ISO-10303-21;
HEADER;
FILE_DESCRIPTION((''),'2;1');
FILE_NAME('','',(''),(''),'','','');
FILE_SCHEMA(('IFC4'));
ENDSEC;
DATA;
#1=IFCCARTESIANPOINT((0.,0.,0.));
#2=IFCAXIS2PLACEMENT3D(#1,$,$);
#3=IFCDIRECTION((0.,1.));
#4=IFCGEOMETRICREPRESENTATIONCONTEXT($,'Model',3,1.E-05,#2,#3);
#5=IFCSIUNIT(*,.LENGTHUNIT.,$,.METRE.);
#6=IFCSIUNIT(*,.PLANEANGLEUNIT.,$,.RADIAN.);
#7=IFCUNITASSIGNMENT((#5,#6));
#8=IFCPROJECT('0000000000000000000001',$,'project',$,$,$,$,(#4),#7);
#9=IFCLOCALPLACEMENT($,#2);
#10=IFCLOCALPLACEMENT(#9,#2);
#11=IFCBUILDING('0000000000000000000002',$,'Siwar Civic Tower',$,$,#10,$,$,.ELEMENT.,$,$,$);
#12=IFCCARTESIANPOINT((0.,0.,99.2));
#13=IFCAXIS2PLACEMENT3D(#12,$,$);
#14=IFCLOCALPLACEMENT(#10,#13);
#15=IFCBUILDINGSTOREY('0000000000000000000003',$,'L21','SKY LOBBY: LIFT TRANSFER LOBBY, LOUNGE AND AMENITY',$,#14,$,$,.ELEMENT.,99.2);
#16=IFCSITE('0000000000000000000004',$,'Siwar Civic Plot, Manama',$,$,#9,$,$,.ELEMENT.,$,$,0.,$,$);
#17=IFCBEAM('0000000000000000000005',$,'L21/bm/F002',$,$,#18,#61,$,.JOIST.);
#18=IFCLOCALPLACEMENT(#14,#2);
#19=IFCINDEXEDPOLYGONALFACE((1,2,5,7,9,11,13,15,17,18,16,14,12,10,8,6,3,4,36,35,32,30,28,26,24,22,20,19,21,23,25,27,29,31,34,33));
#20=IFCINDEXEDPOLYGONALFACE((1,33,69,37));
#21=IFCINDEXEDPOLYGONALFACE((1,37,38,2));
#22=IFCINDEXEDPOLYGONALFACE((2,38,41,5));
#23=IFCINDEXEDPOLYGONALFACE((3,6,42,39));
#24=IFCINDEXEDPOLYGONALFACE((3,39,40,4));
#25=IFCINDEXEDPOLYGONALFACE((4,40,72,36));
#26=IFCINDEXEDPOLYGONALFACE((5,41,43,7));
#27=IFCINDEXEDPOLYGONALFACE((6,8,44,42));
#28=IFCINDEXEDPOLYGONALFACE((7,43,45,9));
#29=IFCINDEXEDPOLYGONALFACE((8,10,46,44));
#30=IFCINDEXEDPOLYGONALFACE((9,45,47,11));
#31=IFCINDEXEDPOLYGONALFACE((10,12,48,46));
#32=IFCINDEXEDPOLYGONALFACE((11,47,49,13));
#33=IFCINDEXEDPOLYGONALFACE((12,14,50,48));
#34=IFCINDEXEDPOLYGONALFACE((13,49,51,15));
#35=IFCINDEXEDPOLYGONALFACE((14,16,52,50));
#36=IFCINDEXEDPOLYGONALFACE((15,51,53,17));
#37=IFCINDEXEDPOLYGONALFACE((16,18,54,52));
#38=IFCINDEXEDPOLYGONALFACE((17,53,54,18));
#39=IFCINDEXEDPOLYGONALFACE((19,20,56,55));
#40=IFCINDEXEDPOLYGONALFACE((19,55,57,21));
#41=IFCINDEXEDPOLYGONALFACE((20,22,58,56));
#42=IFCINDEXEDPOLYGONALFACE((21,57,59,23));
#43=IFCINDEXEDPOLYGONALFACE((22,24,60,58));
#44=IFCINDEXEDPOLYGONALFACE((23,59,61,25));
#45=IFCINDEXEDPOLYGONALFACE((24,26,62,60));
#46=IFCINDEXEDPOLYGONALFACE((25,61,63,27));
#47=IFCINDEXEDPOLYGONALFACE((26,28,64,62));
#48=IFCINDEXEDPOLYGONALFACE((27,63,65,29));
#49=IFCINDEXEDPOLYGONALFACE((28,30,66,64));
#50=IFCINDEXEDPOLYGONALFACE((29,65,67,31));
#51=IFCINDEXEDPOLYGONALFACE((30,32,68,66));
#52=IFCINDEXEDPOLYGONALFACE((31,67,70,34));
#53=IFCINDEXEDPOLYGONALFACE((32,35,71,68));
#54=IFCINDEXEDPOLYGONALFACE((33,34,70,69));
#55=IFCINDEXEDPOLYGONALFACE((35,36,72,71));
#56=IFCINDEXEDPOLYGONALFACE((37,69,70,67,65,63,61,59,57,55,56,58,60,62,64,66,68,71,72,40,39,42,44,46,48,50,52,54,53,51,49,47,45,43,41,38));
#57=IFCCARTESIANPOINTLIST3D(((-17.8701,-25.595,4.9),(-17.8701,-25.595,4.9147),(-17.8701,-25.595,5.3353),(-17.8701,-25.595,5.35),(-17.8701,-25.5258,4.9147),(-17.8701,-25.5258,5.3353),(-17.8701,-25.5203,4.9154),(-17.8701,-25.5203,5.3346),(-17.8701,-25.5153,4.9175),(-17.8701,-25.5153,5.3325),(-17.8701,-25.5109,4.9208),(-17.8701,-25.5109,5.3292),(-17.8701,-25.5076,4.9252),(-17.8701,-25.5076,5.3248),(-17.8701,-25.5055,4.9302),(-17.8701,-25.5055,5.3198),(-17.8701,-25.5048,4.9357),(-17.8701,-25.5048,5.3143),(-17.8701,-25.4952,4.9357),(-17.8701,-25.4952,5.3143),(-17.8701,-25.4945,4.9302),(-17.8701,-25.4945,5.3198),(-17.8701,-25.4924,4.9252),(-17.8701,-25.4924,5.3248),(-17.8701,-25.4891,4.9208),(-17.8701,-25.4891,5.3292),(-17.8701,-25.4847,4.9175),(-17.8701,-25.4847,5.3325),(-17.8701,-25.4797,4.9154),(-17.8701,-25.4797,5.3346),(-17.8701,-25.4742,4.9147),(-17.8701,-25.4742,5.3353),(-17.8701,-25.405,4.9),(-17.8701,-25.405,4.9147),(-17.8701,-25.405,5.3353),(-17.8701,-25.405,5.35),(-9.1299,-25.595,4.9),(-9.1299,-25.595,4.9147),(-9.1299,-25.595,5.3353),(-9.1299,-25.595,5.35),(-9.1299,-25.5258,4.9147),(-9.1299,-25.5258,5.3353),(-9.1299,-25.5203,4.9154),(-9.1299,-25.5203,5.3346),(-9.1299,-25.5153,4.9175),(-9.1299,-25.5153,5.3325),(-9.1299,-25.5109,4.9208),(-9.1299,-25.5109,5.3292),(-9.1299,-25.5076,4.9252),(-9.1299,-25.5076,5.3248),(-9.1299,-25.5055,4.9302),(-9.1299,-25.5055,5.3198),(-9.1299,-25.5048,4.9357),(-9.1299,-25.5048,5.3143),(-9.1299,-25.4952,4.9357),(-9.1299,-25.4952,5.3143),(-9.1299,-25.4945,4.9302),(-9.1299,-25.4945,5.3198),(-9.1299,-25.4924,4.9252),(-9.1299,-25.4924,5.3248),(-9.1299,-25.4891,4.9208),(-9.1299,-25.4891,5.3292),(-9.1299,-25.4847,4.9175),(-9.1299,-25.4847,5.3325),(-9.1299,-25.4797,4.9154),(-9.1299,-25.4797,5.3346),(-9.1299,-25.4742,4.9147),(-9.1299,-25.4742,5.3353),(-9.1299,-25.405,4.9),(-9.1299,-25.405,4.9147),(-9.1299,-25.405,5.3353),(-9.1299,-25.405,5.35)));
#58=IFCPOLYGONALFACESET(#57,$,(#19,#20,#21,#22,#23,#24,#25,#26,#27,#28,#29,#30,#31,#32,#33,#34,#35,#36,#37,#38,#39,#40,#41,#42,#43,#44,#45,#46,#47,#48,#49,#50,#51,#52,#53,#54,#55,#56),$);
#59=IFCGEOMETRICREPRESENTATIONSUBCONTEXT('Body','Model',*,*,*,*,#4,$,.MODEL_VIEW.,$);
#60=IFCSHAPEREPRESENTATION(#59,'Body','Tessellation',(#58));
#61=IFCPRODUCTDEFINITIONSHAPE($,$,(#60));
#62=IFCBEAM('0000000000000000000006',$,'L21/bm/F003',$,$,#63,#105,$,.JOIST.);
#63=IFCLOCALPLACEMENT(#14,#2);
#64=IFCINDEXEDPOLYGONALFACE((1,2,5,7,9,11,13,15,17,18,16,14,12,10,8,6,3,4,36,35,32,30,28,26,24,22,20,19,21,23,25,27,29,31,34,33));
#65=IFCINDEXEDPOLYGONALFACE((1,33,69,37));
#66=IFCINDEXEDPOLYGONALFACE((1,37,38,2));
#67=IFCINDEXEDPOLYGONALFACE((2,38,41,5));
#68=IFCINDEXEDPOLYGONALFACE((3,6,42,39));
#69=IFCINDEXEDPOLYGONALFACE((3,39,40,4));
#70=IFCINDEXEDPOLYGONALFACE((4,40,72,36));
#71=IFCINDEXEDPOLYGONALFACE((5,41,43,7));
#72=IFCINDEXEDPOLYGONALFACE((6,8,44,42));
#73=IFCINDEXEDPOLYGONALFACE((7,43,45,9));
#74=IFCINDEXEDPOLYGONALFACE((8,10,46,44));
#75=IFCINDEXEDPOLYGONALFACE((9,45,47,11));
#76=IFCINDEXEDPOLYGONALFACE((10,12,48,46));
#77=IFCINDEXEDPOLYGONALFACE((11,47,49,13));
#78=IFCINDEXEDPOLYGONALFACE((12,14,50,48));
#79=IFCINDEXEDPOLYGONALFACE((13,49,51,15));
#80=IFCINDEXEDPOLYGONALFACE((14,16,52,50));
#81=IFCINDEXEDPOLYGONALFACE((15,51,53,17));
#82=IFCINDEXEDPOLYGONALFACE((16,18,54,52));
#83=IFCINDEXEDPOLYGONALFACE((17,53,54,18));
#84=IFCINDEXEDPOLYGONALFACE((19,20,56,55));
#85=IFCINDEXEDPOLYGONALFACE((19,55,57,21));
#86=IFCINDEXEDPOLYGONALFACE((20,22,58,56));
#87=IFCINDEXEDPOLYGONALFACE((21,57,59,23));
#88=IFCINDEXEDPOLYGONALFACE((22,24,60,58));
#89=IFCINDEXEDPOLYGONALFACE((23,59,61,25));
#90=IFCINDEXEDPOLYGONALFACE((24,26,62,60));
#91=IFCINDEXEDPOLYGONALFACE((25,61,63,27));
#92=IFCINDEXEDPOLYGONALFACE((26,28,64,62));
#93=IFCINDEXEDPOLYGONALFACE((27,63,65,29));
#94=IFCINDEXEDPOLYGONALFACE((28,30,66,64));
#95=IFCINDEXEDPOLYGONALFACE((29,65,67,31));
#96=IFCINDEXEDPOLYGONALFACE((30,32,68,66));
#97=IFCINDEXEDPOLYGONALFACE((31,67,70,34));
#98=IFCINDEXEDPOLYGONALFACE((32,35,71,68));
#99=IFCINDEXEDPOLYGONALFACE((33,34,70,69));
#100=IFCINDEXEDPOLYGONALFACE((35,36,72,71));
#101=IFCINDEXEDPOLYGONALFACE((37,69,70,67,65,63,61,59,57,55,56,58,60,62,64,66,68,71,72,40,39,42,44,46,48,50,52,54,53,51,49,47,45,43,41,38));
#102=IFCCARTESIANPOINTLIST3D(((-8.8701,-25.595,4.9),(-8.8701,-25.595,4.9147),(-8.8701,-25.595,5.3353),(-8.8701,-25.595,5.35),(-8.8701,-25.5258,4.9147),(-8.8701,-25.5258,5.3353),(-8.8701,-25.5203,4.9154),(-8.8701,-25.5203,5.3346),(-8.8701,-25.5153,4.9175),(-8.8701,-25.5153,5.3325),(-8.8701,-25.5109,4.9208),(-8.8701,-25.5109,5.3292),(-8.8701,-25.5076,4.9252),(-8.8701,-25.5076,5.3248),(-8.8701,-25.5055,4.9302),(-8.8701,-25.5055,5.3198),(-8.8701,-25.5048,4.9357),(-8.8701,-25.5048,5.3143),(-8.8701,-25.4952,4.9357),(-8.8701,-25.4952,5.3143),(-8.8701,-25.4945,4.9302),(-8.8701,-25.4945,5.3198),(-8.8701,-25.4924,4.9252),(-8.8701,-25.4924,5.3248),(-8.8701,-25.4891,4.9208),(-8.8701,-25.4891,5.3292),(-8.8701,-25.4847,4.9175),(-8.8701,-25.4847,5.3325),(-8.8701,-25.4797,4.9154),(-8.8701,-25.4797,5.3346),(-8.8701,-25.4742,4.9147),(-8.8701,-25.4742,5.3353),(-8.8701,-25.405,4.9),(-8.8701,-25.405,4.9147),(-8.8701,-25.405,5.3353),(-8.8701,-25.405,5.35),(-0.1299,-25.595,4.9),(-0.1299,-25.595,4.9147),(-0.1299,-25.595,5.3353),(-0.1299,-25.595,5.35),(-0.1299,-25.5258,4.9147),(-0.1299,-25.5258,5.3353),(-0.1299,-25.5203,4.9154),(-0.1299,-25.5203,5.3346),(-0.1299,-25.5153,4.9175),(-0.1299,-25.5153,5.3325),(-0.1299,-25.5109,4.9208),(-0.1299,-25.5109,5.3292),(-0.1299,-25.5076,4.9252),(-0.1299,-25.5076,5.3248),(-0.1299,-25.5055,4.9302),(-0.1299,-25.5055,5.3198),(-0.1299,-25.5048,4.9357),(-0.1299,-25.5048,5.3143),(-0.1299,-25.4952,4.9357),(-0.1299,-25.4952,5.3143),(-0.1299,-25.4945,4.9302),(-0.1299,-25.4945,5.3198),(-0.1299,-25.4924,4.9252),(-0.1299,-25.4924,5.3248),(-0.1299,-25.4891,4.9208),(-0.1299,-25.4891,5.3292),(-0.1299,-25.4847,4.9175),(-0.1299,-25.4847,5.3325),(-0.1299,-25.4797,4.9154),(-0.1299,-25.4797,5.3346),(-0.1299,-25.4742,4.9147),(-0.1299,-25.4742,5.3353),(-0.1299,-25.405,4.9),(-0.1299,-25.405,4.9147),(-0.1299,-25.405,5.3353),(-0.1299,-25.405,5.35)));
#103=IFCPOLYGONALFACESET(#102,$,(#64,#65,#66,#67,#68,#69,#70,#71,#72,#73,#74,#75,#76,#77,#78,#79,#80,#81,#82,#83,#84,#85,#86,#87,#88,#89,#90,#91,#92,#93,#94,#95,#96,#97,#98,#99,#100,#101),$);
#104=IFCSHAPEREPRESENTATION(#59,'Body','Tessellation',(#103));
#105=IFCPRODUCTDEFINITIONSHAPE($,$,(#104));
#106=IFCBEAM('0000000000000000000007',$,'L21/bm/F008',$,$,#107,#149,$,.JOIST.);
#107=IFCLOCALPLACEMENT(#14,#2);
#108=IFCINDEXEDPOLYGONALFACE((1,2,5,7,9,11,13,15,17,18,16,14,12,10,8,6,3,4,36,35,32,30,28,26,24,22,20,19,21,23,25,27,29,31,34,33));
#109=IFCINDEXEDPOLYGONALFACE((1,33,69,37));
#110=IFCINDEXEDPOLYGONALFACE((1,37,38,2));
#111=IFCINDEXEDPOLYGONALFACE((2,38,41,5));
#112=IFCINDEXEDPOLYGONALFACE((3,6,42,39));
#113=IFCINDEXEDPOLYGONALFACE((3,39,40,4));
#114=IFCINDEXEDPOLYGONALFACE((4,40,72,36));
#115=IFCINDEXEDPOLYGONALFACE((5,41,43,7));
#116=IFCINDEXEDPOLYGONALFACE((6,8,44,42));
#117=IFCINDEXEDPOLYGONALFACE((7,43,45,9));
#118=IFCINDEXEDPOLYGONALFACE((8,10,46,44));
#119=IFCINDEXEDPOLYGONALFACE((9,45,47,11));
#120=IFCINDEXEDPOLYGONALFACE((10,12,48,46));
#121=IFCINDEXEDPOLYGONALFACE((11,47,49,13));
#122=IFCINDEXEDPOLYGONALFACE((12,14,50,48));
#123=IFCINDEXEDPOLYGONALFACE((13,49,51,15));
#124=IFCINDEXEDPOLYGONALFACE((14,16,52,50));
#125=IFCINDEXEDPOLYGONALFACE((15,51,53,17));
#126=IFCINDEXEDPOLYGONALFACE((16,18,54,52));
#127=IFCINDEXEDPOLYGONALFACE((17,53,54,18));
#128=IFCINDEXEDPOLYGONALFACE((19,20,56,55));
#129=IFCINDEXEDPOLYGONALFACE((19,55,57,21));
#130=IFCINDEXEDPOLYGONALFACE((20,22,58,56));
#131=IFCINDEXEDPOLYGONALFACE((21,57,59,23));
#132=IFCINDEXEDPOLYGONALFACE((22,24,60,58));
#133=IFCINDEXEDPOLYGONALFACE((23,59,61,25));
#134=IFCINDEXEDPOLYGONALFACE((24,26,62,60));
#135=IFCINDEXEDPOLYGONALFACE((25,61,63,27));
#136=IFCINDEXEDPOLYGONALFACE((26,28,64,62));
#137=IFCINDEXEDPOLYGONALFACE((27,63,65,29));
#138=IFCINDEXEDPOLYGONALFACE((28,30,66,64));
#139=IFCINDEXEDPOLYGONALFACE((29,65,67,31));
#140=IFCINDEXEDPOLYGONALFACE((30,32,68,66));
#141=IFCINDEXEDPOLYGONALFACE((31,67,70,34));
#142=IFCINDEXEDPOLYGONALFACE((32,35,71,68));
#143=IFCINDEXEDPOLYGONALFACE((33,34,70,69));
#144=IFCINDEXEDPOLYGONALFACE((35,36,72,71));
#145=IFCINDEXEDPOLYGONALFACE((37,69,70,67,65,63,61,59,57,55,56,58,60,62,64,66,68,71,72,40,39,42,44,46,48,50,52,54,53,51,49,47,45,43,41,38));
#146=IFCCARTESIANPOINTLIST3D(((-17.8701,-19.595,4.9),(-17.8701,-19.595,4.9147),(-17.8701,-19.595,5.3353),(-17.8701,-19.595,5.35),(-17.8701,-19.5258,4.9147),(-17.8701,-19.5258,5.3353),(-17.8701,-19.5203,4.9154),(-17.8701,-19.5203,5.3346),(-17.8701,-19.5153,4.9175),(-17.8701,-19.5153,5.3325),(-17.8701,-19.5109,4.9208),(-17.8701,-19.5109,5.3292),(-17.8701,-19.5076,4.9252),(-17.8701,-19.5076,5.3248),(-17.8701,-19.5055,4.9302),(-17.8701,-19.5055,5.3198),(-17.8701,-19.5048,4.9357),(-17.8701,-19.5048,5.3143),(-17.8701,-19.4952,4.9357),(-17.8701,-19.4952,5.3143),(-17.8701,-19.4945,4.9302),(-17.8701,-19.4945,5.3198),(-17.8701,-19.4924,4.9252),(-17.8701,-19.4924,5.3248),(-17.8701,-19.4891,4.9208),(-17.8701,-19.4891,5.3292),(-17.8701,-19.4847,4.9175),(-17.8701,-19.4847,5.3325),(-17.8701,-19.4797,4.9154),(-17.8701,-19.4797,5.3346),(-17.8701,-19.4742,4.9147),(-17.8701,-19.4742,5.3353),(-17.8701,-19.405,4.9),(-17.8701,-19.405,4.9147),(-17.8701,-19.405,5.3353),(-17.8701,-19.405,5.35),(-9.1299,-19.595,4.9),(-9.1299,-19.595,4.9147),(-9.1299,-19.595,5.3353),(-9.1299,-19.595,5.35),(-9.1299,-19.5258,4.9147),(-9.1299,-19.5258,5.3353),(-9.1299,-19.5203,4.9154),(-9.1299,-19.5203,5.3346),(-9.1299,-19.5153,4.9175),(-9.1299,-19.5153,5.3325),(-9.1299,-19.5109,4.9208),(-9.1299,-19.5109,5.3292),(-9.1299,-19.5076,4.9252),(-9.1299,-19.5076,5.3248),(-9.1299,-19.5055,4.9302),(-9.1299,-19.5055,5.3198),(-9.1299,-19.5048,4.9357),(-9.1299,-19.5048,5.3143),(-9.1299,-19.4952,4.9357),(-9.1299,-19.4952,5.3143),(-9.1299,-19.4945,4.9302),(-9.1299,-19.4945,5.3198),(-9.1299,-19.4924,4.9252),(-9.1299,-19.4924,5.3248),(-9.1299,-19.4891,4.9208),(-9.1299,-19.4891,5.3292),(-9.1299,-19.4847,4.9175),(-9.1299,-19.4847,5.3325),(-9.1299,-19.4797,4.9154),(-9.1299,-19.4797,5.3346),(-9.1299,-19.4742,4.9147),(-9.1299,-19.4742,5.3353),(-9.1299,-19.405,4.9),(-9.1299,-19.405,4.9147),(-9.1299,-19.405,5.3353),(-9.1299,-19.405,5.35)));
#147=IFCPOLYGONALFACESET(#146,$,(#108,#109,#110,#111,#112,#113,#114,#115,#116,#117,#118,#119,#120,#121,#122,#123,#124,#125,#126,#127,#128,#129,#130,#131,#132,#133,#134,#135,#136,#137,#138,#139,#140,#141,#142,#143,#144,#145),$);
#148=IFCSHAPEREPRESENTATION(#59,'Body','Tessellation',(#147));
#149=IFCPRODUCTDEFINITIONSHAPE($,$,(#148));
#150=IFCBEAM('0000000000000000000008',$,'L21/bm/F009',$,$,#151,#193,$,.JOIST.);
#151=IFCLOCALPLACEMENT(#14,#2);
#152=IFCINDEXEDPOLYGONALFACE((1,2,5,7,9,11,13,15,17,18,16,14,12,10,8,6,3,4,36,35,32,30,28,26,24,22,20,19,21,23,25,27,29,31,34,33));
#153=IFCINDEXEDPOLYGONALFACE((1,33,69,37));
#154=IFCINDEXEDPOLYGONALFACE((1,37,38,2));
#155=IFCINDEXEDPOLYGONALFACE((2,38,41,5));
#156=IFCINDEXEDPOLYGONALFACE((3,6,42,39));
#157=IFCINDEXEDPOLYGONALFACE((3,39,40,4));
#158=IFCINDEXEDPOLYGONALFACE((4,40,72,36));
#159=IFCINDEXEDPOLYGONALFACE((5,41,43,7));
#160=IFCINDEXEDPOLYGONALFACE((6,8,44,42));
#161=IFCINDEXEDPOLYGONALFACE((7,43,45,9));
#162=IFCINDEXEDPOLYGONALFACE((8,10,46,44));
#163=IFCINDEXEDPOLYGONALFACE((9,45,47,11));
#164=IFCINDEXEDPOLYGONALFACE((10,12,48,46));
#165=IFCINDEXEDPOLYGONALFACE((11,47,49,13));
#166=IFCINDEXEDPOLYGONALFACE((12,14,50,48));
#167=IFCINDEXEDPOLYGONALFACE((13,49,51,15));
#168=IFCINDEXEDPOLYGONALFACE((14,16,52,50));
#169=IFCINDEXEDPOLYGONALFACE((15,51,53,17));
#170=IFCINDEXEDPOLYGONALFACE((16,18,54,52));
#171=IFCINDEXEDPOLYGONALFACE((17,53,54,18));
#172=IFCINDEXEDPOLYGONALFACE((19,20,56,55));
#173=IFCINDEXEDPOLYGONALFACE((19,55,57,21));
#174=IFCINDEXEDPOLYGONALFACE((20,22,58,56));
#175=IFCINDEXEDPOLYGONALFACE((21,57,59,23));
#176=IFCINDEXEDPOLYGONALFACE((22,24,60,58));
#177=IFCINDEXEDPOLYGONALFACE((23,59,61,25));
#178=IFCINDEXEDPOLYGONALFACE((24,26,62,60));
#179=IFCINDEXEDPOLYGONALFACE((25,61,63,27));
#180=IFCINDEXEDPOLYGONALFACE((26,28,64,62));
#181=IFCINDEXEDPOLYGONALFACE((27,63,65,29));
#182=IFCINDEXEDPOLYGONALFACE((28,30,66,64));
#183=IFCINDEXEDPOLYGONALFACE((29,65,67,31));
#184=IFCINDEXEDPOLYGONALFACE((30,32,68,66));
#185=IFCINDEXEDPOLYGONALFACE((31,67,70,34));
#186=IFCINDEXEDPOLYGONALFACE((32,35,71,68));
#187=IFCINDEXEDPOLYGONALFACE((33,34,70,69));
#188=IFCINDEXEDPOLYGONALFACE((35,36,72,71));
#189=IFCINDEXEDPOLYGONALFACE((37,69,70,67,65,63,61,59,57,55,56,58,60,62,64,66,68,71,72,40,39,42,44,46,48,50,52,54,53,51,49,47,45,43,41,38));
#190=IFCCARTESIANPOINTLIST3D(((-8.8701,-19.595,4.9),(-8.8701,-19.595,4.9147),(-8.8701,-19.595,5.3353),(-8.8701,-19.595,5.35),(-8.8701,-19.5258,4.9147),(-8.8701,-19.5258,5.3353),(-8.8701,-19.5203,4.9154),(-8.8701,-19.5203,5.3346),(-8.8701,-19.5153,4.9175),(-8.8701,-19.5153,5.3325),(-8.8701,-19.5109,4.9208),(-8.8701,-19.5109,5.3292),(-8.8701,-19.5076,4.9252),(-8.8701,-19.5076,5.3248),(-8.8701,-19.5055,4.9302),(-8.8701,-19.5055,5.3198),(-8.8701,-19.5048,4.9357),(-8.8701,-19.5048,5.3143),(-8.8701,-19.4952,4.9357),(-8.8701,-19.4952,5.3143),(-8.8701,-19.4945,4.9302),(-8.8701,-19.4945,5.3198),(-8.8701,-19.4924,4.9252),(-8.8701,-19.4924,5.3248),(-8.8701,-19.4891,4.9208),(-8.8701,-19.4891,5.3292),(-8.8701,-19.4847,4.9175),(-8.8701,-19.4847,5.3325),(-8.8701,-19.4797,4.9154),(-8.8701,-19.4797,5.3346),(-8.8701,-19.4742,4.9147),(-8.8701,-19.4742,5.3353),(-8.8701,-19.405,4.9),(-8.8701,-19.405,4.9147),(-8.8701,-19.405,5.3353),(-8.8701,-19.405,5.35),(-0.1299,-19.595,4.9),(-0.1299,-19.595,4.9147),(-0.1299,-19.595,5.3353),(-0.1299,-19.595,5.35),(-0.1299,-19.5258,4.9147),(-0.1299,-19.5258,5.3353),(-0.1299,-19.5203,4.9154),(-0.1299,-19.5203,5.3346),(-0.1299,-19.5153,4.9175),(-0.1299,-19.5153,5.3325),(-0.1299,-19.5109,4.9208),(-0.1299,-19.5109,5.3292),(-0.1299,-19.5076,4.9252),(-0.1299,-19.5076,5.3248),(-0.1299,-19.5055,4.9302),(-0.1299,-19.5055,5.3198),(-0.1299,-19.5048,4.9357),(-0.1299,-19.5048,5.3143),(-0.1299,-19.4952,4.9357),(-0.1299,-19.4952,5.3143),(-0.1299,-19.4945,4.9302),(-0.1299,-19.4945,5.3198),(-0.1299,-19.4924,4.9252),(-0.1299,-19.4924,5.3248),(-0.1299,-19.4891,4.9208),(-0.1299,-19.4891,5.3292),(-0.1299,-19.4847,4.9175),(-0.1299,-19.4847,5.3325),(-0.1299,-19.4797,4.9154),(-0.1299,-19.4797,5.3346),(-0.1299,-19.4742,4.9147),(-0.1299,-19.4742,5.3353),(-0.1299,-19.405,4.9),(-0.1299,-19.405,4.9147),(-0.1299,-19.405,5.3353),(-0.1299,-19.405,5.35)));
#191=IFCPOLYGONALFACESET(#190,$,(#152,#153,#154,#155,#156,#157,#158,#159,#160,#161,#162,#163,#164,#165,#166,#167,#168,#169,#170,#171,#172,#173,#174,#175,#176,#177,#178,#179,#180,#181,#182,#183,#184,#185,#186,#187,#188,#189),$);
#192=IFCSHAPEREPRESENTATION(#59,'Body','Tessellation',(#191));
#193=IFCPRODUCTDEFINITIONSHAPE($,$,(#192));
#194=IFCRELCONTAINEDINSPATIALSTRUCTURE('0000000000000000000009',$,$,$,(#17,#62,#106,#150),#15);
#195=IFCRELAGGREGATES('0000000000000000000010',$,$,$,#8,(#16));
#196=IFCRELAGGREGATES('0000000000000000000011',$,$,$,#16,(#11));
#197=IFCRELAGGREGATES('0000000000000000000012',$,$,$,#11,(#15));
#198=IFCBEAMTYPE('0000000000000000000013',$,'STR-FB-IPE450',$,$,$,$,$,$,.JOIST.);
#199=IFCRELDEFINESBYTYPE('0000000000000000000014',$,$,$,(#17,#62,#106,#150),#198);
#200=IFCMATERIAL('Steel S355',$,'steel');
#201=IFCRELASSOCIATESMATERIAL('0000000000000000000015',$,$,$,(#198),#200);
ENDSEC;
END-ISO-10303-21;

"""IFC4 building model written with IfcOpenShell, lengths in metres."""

from ifc_helpers import new_model, si_unit, direction, frame, origin, origin_2d, place, context, subcontext, project, spatial, i_section, extrude, material, material_profile, profile_set, type_object, element, save


model = new_model("IFC4")

# Units and contexts
model_context = context("Model", 3, precision=1e-05, world=origin(), true_north=direction((0.0, 1.0)))
body_context = subcontext(model_context, "Body", "Model", "MODEL_VIEW")
ifc_project = project(units=[si_unit("LENGTHUNIT", "METRE"), si_unit("PLANEANGLEUNIT", "RADIAN")], contexts=[model_context])

# Site, building, storey
site_placement = place(None, origin())
site = spatial("IfcSite", under=ifc_project, at=site_placement, Name="Siwar Civic Plot, Manama", CompositionType="ELEMENT", RefElevation=0.0)
building_placement = place(site_placement, origin())
building = spatial("IfcBuilding", under=site, at=building_placement, Name="Siwar Civic Tower", CompositionType="ELEMENT")
storey_placement = place(building_placement, frame((0.0, 0.0, 99.2)))
storey = spatial("IfcBuildingStorey", under=building, at=storey_placement, Name="L21", Description="SKY LOBBY: LIFT TRANSFER LOBBY, LOUNGE AND AMENITY", CompositionType="ELEMENT", Elevation=99.2)

# Beams
ifc_material_1 = material(Name="Steel S355", Category="steel")
ifc_material_profile_1 = material_profile(ifc_material_1, i_section(OverallWidth=0.1899, OverallDepth=0.45, WebThickness=0.0095, FlangeThickness=0.0146, FilletRadius=0.021, at=origin_2d()), Name="IPE450")
ifc_profile_set_1 = profile_set([ifc_material_profile_1], Name="Steel S355")
beam_type_1 = type_object("IfcBeamType", Name="STR-FB-IPE450", PredefinedType="JOIST", material=ifc_profile_set_1)
for number, where, z_axis, x_axis, name in (
    (1, (-17.8701, -25.5, 5.125), (1.0, 0.0, 0.0), (0.0, 1.0, 0.0), "L21/bm/F002"),
    (2, (-8.8701, -25.5, 5.125), (1.0, 0.0, 0.0), (0.0, 1.0, 0.0), "L21/bm/F003"),
    (3, (-17.8701, -19.5, 5.125), (1.0, 0.0, 0.0), (0.0, 1.0, 0.0), "L21/bm/F008"),
    (4, (-8.8701, -19.5, 5.125), (1.0, 0.0, 0.0), (0.0, 1.0, 0.0), "L21/bm/F009"),
):
    element("IfcBeam", number, at=place(storey_placement, frame(where, z_axis=z_axis, x_axis=x_axis)), inside=storey, type_object=beam_type_1, Name=name, PredefinedType="JOIST", context=body_context, shape_type="SweptSolid", body=[
        extrude(i_section(OverallWidth=0.1899, OverallDepth=0.45, WebThickness=0.0095, FlangeThickness=0.0146, FilletRadius=0.021, at=origin_2d()), origin(), (0.0, 0.0, 1.0), 8.7402),
    ])

save(model, "model.ifc")
